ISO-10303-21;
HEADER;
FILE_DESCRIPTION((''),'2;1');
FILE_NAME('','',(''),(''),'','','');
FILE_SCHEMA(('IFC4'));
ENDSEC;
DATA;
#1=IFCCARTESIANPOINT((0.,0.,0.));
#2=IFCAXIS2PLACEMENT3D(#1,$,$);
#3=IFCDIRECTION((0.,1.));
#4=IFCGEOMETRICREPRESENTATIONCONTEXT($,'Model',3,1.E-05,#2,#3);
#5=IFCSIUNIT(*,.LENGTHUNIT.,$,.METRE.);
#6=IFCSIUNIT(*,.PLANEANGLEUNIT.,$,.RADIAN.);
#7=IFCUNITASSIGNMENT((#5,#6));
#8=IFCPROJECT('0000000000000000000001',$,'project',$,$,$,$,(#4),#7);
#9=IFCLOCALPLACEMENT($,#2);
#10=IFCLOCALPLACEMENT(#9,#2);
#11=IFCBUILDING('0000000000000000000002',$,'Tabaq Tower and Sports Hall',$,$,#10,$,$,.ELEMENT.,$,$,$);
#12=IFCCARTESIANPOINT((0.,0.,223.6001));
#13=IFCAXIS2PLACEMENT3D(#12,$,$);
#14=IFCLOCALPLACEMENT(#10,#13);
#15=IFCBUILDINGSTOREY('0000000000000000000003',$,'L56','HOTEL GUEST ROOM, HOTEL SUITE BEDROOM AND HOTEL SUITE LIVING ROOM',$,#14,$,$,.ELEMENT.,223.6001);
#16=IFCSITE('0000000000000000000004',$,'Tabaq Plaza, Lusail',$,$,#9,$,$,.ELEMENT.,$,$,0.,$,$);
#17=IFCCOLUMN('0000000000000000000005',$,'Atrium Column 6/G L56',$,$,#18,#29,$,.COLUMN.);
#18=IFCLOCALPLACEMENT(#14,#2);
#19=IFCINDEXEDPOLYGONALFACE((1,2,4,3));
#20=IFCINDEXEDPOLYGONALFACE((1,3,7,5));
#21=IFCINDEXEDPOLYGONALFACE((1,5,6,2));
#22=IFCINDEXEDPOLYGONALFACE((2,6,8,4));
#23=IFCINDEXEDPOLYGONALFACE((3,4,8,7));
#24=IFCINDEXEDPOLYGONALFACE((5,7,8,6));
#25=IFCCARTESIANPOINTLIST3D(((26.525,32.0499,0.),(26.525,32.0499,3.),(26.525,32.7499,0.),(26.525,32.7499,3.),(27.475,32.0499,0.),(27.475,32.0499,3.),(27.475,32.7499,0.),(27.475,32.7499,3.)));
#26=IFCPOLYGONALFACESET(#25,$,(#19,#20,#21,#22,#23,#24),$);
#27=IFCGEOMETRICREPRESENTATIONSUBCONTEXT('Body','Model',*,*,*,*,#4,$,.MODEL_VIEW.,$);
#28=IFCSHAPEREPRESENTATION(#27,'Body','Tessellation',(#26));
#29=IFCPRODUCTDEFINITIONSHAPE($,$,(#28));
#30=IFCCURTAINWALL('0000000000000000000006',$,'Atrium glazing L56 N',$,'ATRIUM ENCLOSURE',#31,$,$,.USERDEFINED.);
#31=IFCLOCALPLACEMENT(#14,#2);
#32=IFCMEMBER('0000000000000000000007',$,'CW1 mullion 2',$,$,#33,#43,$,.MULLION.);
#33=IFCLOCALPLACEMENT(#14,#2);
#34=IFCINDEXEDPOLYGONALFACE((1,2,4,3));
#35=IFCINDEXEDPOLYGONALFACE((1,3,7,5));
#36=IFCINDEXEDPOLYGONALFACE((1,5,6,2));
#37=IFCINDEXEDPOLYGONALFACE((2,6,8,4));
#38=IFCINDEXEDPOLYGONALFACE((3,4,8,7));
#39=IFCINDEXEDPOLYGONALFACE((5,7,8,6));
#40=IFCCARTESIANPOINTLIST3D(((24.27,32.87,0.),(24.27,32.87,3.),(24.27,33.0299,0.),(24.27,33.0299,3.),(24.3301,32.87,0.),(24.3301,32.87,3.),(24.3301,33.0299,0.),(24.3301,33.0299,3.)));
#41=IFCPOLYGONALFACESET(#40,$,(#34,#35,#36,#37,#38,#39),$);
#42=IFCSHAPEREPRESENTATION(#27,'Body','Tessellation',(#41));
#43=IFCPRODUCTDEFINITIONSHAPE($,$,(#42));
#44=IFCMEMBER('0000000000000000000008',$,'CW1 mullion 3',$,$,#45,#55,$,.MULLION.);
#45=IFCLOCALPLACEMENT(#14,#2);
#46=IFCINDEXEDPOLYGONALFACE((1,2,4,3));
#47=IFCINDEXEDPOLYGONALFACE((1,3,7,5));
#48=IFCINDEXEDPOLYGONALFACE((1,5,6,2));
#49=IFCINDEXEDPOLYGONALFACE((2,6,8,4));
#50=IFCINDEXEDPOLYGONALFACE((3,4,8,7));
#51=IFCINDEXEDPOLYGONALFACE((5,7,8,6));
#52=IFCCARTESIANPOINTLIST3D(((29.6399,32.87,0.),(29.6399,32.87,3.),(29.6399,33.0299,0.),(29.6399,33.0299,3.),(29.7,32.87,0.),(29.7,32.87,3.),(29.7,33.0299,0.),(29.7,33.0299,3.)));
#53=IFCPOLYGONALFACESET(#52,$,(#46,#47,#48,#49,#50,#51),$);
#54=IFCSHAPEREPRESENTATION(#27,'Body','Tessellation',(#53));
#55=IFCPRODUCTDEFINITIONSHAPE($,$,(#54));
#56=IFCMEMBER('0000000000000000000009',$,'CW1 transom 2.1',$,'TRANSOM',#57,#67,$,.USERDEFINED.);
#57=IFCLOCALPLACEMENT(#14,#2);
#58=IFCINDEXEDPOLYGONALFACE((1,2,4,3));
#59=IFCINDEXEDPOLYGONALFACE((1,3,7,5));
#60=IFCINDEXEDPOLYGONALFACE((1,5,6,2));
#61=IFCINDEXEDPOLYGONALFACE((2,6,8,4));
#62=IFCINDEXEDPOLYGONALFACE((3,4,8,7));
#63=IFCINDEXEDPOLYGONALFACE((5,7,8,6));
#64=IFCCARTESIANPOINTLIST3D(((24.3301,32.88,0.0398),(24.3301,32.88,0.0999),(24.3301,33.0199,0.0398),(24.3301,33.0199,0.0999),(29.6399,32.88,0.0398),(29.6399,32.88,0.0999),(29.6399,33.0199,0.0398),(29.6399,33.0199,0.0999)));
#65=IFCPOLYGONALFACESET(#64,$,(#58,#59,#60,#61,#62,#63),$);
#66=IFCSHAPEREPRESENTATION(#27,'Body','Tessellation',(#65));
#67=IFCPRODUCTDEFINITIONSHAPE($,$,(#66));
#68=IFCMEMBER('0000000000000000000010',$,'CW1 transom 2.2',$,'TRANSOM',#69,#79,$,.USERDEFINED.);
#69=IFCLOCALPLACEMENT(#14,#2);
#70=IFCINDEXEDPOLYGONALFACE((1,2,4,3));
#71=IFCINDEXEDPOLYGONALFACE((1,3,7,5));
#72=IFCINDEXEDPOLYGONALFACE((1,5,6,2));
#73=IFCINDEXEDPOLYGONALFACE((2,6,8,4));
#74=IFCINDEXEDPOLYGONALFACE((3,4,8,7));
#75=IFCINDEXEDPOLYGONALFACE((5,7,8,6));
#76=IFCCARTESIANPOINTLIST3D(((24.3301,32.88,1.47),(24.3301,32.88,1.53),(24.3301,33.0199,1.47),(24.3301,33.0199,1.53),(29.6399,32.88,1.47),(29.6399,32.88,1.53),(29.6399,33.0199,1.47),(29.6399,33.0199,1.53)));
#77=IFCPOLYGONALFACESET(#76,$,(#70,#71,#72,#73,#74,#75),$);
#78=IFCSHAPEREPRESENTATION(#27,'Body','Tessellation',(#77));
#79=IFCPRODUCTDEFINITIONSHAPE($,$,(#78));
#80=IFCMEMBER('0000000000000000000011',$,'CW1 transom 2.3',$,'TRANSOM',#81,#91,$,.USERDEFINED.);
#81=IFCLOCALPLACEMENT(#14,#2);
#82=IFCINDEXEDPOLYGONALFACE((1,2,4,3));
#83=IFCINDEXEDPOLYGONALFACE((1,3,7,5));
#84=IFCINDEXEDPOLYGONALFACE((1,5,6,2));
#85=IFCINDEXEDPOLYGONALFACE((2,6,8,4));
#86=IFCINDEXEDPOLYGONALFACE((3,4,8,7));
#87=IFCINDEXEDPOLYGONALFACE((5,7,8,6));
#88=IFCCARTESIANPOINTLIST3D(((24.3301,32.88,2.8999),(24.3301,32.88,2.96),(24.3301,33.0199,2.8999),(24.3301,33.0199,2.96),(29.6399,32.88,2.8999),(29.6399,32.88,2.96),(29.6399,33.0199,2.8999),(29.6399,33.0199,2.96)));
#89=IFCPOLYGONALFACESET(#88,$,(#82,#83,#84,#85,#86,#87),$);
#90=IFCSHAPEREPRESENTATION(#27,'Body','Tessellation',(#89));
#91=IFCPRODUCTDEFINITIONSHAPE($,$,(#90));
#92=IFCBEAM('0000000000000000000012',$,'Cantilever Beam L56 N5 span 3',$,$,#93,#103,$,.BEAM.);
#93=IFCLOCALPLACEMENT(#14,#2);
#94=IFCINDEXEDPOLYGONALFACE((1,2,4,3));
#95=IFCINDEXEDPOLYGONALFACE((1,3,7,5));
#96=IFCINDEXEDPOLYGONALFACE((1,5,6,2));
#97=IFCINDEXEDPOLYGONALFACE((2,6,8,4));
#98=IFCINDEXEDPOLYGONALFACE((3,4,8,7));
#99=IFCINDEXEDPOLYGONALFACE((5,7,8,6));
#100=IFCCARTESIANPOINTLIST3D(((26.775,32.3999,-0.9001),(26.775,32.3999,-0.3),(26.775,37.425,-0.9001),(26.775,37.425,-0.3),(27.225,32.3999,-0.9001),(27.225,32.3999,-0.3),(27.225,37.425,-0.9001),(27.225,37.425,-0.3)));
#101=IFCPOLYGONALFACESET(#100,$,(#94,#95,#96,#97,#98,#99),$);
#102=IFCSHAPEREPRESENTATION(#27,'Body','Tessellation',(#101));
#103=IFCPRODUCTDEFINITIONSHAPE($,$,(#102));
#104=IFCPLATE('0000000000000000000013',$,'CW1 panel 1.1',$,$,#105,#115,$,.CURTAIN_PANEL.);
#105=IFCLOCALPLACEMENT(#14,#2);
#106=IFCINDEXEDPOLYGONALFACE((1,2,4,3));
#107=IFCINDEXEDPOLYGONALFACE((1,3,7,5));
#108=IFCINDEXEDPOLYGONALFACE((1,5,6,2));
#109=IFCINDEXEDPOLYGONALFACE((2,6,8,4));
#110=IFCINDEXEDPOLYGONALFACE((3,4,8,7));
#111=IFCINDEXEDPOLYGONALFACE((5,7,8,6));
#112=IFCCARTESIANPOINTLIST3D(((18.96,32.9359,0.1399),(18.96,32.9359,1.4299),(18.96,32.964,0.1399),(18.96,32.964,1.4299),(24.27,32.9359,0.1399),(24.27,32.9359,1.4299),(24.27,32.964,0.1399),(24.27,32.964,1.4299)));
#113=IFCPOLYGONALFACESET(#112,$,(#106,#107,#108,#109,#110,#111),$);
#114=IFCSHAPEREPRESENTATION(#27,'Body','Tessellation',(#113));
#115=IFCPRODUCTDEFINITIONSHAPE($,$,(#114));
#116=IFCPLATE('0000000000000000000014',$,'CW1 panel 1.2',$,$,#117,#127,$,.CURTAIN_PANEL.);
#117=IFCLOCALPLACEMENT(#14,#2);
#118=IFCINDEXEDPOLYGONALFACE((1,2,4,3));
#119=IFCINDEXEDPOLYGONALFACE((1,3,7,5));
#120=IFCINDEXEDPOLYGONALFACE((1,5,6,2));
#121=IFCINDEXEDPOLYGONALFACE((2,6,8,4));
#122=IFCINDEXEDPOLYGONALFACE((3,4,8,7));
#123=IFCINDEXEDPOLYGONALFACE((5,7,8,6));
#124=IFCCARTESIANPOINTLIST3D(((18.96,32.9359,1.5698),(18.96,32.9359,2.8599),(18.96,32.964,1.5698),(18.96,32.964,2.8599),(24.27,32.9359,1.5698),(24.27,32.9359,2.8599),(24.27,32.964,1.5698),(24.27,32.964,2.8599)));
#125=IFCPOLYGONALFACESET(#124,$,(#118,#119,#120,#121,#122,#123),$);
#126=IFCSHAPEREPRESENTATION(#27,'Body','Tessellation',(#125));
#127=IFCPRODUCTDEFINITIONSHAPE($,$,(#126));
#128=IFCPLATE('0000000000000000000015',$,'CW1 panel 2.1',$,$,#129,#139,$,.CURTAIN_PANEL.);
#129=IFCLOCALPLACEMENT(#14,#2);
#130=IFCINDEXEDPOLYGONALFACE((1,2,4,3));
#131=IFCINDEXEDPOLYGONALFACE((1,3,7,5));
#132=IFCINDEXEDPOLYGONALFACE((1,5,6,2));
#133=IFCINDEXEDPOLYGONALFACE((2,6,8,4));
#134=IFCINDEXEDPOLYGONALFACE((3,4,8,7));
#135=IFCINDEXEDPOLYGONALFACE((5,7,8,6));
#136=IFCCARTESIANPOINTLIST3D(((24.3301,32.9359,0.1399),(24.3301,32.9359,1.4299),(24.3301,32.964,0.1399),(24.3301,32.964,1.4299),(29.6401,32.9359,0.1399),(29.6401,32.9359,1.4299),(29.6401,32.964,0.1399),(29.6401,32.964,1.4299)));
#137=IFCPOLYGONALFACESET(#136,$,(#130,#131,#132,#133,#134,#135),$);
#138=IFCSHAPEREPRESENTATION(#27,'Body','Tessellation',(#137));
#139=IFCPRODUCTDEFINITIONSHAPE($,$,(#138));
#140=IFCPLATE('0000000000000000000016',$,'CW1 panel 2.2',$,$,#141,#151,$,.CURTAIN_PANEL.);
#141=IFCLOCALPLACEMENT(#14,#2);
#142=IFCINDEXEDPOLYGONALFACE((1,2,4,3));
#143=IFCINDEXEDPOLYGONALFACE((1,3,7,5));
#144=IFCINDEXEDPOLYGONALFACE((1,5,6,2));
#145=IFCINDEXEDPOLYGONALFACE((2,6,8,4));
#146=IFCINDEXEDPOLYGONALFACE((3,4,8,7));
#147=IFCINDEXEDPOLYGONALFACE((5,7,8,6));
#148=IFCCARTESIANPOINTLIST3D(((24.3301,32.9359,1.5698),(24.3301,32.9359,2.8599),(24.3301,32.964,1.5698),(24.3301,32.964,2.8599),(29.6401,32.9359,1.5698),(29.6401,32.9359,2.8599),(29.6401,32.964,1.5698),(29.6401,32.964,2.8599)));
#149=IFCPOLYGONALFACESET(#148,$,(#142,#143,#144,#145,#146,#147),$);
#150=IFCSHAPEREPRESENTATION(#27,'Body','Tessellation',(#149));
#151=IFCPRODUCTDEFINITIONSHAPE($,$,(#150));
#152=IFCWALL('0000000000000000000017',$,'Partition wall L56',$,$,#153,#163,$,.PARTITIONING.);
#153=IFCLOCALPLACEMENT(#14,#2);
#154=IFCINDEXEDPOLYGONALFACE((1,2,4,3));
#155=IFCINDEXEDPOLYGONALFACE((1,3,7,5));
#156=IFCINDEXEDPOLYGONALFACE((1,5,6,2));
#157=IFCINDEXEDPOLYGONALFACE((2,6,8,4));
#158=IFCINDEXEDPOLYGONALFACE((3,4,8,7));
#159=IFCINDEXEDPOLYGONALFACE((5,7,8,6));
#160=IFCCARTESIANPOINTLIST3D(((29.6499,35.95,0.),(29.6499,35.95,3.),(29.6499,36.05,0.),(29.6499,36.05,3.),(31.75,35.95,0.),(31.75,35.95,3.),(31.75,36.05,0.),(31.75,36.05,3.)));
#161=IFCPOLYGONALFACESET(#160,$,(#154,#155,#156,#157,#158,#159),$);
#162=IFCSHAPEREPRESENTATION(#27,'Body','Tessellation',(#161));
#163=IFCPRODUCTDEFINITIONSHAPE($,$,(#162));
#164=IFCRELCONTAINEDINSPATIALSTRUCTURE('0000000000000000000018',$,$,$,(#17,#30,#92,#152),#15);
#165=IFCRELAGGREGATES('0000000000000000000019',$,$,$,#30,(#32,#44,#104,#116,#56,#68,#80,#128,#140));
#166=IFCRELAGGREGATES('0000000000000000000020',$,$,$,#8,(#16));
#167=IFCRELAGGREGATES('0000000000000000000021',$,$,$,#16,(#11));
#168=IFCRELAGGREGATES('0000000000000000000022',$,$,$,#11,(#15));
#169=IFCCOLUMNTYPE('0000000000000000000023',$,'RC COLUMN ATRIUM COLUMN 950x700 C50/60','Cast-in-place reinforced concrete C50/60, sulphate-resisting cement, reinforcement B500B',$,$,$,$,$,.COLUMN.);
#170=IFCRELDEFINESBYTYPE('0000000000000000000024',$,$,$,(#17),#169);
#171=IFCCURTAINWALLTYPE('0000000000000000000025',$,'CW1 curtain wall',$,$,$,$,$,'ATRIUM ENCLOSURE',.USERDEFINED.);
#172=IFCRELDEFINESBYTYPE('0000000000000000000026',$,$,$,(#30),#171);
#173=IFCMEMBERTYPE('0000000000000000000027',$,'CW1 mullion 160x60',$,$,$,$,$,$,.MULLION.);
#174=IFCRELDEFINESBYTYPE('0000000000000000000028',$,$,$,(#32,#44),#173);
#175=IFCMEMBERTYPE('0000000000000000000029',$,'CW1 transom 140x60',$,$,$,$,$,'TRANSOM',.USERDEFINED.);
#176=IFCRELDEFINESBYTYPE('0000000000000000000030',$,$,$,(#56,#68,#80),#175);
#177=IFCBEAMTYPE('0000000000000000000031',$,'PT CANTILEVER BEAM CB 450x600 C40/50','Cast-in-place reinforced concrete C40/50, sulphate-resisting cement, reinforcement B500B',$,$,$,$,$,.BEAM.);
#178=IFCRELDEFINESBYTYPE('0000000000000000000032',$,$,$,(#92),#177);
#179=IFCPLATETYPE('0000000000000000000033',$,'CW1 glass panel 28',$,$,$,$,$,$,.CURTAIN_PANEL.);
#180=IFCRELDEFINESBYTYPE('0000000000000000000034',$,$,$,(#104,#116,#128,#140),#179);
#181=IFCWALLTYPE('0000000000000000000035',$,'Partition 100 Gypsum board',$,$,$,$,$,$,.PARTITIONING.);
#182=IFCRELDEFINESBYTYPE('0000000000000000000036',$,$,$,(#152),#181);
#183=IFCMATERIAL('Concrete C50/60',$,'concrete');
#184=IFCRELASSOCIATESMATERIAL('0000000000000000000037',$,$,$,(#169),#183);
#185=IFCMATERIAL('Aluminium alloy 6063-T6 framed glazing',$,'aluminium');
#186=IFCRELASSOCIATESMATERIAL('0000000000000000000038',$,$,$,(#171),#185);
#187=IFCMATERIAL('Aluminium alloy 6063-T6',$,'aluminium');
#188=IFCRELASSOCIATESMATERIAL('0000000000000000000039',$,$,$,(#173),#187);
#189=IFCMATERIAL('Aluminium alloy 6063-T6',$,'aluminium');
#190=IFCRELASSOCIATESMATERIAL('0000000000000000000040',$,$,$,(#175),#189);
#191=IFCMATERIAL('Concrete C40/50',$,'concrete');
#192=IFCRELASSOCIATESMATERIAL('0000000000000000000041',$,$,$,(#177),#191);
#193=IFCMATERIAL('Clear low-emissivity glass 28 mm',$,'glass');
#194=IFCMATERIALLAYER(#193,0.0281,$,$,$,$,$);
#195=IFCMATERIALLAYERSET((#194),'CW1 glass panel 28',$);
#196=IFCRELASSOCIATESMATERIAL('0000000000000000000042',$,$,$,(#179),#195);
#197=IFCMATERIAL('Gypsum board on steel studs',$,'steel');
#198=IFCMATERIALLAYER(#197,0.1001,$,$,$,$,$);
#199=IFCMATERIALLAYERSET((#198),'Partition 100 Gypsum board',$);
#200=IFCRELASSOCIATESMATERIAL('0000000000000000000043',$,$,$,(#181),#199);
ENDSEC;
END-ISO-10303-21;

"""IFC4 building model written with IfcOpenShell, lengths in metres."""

from ifc_helpers import new_model, si_unit, direction, frame, frame_2d, origin, origin_2d, place, context, subcontext, project, spatial, rectangle, extrude, material, layer, layer_set, material_profile, profile_set, type_object, element, aggregate, save


model = new_model("IFC4")

# Units and contexts
model_context = context("Model", 3, precision=1e-05, world=origin(), true_north=direction((0.0, 1.0)))
body_context = subcontext(model_context, "Body", "Model", "MODEL_VIEW")
ifc_project = project(units=[si_unit("LENGTHUNIT", "METRE"), si_unit("PLANEANGLEUNIT", "RADIAN")], contexts=[model_context])

# Site, building, storey
site_placement = place(None, origin())
site = spatial("IfcSite", under=ifc_project, at=site_placement, Name="Tabaq Plaza, Lusail", CompositionType="ELEMENT", RefElevation=0.0)
building_placement = place(site_placement, origin())
building = spatial("IfcBuilding", under=site, at=building_placement, Name="Tabaq Tower and Sports Hall", CompositionType="ELEMENT")
storey_placement = place(building_placement, frame((0.0, 0.0, 223.6001)))
storey = spatial("IfcBuildingStorey", under=building, at=storey_placement, Name="L56", Description="HOTEL GUEST ROOM, HOTEL SUITE BEDROOM AND HOTEL SUITE LIVING ROOM", CompositionType="ELEMENT", Elevation=223.6001)

# Column
ifc_material_1 = material(Name="Concrete C50/60", Category="concrete")
ifc_material_profile_1 = material_profile(ifc_material_1, rectangle(XDim=0.95, YDim=0.7, at=origin_2d()), Name="ATRIUM COLUMN 950x700")
ifc_profile_set_1 = profile_set([ifc_material_profile_1], Name="Concrete C50/60")
column_type = type_object("IfcColumnType", Name="RC COLUMN ATRIUM COLUMN 950x700 C50/60", Description="Cast-in-place reinforced concrete C50/60, sulphate-resisting cement, reinforcement B500B", PredefinedType="COLUMN", material=ifc_profile_set_1)
column_placement = place(storey_placement, frame((27.0, 32.3999, 0.0), z_axis=(0.0, 0.0, 1.0), x_axis=(1.0, 0.0, 0.0)))
element("IfcColumn", 1, at=column_placement, inside=storey, type_object=column_type, Name="Atrium Column 6/G L56", PredefinedType="COLUMN", context=body_context, shape_type="SweptSolid", body=[
    extrude(rectangle(XDim=0.95, YDim=0.7, at=origin_2d()), origin(), (0.0, 0.0, 1.0), 3.0),
])

# Curtain wall, members
ifc_material_2 = material(Name="Aluminium alloy 6063-T6 framed glazing", Category="aluminium")
curtain_wall_type = type_object("IfcCurtainWallType", Name="CW1 curtain wall", ElementType="ATRIUM ENCLOSURE", PredefinedType="USERDEFINED", material=ifc_material_2)
curtain_wall_placement = place(storey_placement, origin())
curtain_wall = element("IfcCurtainWall", 2, at=curtain_wall_placement, inside=storey, type_object=curtain_wall_type, Name="Atrium glazing L56 N", ObjectType="ATRIUM ENCLOSURE", PredefinedType="USERDEFINED")
ifc_material_3 = material(Name="Aluminium alloy 6063-T6", Category="aluminium")
ifc_material_profile_2 = material_profile(ifc_material_3, rectangle(XDim=0.1599, YDim=0.0601, at=origin_2d()), Name="MULLION 160x60")
ifc_profile_set_2 = profile_set([ifc_material_profile_2], Name="Aluminium alloy 6063-T6")
member_type_1 = type_object("IfcMemberType", Name="CW1 mullion 160x60", PredefinedType="MULLION", material=ifc_profile_set_2)
member_1_placement = place(storey_placement, frame((24.3, 32.95, 0.0), z_axis=(0.0, 0.0, 1.0), x_axis=(0.0, 1.0, 0.0)))
member_1 = element("IfcMember", 3, at=member_1_placement, type_object=member_type_1, Name="CW1 mullion 2", PredefinedType="MULLION", context=body_context, shape_type="SweptSolid", body=[
    extrude(rectangle(XDim=0.1599, YDim=0.0601, at=origin_2d()), origin(), (0.0, 0.0, 1.0), 3.0),
])
member_2_placement = place(storey_placement, frame((29.6699, 32.95, 0.0), z_axis=(0.0, 0.0, 1.0), x_axis=(0.0, 1.0, 0.0)))
member_2 = element("IfcMember", 4, at=member_2_placement, type_object=member_type_1, Name="CW1 mullion 3", PredefinedType="MULLION", context=body_context, shape_type="SweptSolid", body=[
    extrude(rectangle(XDim=0.1599, YDim=0.0601, at=origin_2d()), origin(), (0.0, 0.0, 1.0), 3.0),
])
ifc_material_4 = material(Name="Aluminium alloy 6063-T6", Category="aluminium")
ifc_material_profile_3 = material_profile(ifc_material_4, rectangle(XDim=0.1399, YDim=0.0601, at=origin_2d()), Name="TRANSOM 140x60")
ifc_profile_set_3 = profile_set([ifc_material_profile_3], Name="Aluminium alloy 6063-T6")
member_type_2 = type_object("IfcMemberType", Name="CW1 transom 140x60", ElementType="TRANSOM", PredefinedType="USERDEFINED", material=ifc_profile_set_3)
member_3_placement = place(storey_placement, frame((24.3301, 32.95, 0.0698), z_axis=(1.0, 0.0, 0.0), x_axis=(0.0, 1.0, 0.0)))
member_3 = element("IfcMember", 5, at=member_3_placement, type_object=member_type_2, Name="CW1 transom 2.1", ObjectType="TRANSOM", PredefinedType="USERDEFINED", context=body_context, shape_type="SweptSolid", body=[
    extrude(rectangle(XDim=0.1399, YDim=0.0601, at=origin_2d()), origin(), (0.0, 0.0, 1.0), 5.3098),
])
member_4_placement = place(storey_placement, frame((24.3301, 32.95, 1.5), z_axis=(1.0, 0.0, 0.0), x_axis=(0.0, 1.0, 0.0)))
member_4 = element("IfcMember", 6, at=member_4_placement, type_object=member_type_2, Name="CW1 transom 2.2", ObjectType="TRANSOM", PredefinedType="USERDEFINED", context=body_context, shape_type="SweptSolid", body=[
    extrude(rectangle(XDim=0.1399, YDim=0.0601, at=origin_2d()), origin(), (0.0, 0.0, 1.0), 5.3098),
])
member_5_placement = place(storey_placement, frame((24.3301, 32.95, 2.9299), z_axis=(1.0, 0.0, 0.0), x_axis=(0.0, 1.0, 0.0)))
member_5 = element("IfcMember", 7, at=member_5_placement, type_object=member_type_2, Name="CW1 transom 2.3", ObjectType="TRANSOM", PredefinedType="USERDEFINED", context=body_context, shape_type="SweptSolid", body=[
    extrude(rectangle(XDim=0.1399, YDim=0.0601, at=origin_2d()), origin(), (0.0, 0.0, 1.0), 5.3098),
])

# Beam
ifc_material_5 = material(Name="Concrete C40/50", Category="concrete")
ifc_material_profile_4 = material_profile(ifc_material_5, rectangle(XDim=0.45, YDim=0.6001, at=origin_2d()), Name="CB 450x600")
ifc_profile_set_4 = profile_set([ifc_material_profile_4], Name="Concrete C40/50")
beam_type = type_object("IfcBeamType", Name="PT CANTILEVER BEAM CB 450x600 C40/50", Description="Cast-in-place reinforced concrete C40/50, sulphate-resisting cement, reinforcement B500B", PredefinedType="BEAM", material=ifc_profile_set_4)
beam_placement = place(storey_placement, frame((27.0, 37.425, -0.6001), z_axis=(0.0, -1.0, 0.0), x_axis=(1.0, 0.0, 0.0)))
element("IfcBeam", 8, at=beam_placement, inside=storey, type_object=beam_type, Name="Cantilever Beam L56 N5 span 3", PredefinedType="BEAM", context=body_context, shape_type="SweptSolid", body=[
    extrude(rectangle(XDim=0.45, YDim=0.6001, at=origin_2d()), origin(), (0.0, 0.0, 1.0), 5.0251),
])

# Plates
ifc_material_6 = material(Name="Clear low-emissivity glass 28 mm", Category="glass")
ifc_layer_1 = layer(ifc_material_6, 0.0281)
ifc_layer_set_1 = layer_set([ifc_layer_1], Name="CW1 glass panel 28")
plate_type = type_object("IfcPlateType", Name="CW1 glass panel 28", PredefinedType="CURTAIN_PANEL", material=ifc_layer_set_1)
plate_1_placement = place(storey_placement, frame((21.615, 32.95, 0.1399), z_axis=(0.0, 0.0, 1.0), x_axis=(1.0, 0.0, 0.0)))
plate_1 = element("IfcPlate", 9, at=plate_1_placement, type_object=plate_type, Name="CW1 panel 1.1", PredefinedType="CURTAIN_PANEL", context=body_context, shape_type="SweptSolid", body=[
    extrude(rectangle(XDim=5.3101, YDim=0.0281, at=origin_2d()), origin(), (0.0, 0.0, 1.0), 1.29),
])
plate_2_placement = place(storey_placement, frame((21.615, 32.95, 1.5698), z_axis=(0.0, 0.0, 1.0), x_axis=(1.0, 0.0, 0.0)))
plate_2 = element("IfcPlate", 10, at=plate_2_placement, type_object=plate_type, Name="CW1 panel 1.2", PredefinedType="CURTAIN_PANEL", context=body_context, shape_type="SweptSolid", body=[
    extrude(rectangle(XDim=5.3101, YDim=0.0281, at=origin_2d()), origin(), (0.0, 0.0, 1.0), 1.29),
])
plate_3_placement = place(storey_placement, frame((26.9851, 32.95, 0.1399), z_axis=(0.0, 0.0, 1.0), x_axis=(1.0, 0.0, 0.0)))
plate_3 = element("IfcPlate", 11, at=plate_3_placement, type_object=plate_type, Name="CW1 panel 2.1", PredefinedType="CURTAIN_PANEL", context=body_context, shape_type="SweptSolid", body=[
    extrude(rectangle(XDim=5.3101, YDim=0.0281, at=origin_2d()), origin(), (0.0, 0.0, 1.0), 1.29),
])
plate_4_placement = place(storey_placement, frame((26.9851, 32.95, 1.5698), z_axis=(0.0, 0.0, 1.0), x_axis=(1.0, 0.0, 0.0)))
plate_4 = element("IfcPlate", 12, at=plate_4_placement, type_object=plate_type, Name="CW1 panel 2.2", PredefinedType="CURTAIN_PANEL", context=body_context, shape_type="SweptSolid", body=[
    extrude(rectangle(XDim=5.3101, YDim=0.0281, at=origin_2d()), origin(), (0.0, 0.0, 1.0), 1.29),
])
aggregate(curtain_wall, [member_1, member_2, plate_1, plate_2, member_3, member_4, member_5, plate_3, plate_4])

# Wall
ifc_material_7 = material(Name="Gypsum board on steel studs", Category="steel")
ifc_layer_2 = layer(ifc_material_7, 0.1001)
ifc_layer_set_2 = layer_set([ifc_layer_2], Name="Partition 100 Gypsum board")
wall_type_1 = type_object("IfcWallType", Name="Partition 100 Gypsum board", PredefinedType="PARTITIONING", material=ifc_layer_set_2)
wall_1_placement = place(storey_placement, frame((31.75, 36.0, 0.0), z_axis=(0.0, 0.0, 1.0), x_axis=(-1.0, 0.0, 0.0)))
element("IfcWall", 13, at=wall_1_placement, inside=storey, type_object=wall_type_1, Name="Partition wall L56", PredefinedType="PARTITIONING", context=body_context, shape_type="SweptSolid", body=[
    extrude(rectangle(XDim=2.1001, YDim=0.1001, at=frame_2d((1.05, 0.0))), origin(), (0.0, 0.0, 1.0), 3.0),
])

save(model, "model.ifc")
